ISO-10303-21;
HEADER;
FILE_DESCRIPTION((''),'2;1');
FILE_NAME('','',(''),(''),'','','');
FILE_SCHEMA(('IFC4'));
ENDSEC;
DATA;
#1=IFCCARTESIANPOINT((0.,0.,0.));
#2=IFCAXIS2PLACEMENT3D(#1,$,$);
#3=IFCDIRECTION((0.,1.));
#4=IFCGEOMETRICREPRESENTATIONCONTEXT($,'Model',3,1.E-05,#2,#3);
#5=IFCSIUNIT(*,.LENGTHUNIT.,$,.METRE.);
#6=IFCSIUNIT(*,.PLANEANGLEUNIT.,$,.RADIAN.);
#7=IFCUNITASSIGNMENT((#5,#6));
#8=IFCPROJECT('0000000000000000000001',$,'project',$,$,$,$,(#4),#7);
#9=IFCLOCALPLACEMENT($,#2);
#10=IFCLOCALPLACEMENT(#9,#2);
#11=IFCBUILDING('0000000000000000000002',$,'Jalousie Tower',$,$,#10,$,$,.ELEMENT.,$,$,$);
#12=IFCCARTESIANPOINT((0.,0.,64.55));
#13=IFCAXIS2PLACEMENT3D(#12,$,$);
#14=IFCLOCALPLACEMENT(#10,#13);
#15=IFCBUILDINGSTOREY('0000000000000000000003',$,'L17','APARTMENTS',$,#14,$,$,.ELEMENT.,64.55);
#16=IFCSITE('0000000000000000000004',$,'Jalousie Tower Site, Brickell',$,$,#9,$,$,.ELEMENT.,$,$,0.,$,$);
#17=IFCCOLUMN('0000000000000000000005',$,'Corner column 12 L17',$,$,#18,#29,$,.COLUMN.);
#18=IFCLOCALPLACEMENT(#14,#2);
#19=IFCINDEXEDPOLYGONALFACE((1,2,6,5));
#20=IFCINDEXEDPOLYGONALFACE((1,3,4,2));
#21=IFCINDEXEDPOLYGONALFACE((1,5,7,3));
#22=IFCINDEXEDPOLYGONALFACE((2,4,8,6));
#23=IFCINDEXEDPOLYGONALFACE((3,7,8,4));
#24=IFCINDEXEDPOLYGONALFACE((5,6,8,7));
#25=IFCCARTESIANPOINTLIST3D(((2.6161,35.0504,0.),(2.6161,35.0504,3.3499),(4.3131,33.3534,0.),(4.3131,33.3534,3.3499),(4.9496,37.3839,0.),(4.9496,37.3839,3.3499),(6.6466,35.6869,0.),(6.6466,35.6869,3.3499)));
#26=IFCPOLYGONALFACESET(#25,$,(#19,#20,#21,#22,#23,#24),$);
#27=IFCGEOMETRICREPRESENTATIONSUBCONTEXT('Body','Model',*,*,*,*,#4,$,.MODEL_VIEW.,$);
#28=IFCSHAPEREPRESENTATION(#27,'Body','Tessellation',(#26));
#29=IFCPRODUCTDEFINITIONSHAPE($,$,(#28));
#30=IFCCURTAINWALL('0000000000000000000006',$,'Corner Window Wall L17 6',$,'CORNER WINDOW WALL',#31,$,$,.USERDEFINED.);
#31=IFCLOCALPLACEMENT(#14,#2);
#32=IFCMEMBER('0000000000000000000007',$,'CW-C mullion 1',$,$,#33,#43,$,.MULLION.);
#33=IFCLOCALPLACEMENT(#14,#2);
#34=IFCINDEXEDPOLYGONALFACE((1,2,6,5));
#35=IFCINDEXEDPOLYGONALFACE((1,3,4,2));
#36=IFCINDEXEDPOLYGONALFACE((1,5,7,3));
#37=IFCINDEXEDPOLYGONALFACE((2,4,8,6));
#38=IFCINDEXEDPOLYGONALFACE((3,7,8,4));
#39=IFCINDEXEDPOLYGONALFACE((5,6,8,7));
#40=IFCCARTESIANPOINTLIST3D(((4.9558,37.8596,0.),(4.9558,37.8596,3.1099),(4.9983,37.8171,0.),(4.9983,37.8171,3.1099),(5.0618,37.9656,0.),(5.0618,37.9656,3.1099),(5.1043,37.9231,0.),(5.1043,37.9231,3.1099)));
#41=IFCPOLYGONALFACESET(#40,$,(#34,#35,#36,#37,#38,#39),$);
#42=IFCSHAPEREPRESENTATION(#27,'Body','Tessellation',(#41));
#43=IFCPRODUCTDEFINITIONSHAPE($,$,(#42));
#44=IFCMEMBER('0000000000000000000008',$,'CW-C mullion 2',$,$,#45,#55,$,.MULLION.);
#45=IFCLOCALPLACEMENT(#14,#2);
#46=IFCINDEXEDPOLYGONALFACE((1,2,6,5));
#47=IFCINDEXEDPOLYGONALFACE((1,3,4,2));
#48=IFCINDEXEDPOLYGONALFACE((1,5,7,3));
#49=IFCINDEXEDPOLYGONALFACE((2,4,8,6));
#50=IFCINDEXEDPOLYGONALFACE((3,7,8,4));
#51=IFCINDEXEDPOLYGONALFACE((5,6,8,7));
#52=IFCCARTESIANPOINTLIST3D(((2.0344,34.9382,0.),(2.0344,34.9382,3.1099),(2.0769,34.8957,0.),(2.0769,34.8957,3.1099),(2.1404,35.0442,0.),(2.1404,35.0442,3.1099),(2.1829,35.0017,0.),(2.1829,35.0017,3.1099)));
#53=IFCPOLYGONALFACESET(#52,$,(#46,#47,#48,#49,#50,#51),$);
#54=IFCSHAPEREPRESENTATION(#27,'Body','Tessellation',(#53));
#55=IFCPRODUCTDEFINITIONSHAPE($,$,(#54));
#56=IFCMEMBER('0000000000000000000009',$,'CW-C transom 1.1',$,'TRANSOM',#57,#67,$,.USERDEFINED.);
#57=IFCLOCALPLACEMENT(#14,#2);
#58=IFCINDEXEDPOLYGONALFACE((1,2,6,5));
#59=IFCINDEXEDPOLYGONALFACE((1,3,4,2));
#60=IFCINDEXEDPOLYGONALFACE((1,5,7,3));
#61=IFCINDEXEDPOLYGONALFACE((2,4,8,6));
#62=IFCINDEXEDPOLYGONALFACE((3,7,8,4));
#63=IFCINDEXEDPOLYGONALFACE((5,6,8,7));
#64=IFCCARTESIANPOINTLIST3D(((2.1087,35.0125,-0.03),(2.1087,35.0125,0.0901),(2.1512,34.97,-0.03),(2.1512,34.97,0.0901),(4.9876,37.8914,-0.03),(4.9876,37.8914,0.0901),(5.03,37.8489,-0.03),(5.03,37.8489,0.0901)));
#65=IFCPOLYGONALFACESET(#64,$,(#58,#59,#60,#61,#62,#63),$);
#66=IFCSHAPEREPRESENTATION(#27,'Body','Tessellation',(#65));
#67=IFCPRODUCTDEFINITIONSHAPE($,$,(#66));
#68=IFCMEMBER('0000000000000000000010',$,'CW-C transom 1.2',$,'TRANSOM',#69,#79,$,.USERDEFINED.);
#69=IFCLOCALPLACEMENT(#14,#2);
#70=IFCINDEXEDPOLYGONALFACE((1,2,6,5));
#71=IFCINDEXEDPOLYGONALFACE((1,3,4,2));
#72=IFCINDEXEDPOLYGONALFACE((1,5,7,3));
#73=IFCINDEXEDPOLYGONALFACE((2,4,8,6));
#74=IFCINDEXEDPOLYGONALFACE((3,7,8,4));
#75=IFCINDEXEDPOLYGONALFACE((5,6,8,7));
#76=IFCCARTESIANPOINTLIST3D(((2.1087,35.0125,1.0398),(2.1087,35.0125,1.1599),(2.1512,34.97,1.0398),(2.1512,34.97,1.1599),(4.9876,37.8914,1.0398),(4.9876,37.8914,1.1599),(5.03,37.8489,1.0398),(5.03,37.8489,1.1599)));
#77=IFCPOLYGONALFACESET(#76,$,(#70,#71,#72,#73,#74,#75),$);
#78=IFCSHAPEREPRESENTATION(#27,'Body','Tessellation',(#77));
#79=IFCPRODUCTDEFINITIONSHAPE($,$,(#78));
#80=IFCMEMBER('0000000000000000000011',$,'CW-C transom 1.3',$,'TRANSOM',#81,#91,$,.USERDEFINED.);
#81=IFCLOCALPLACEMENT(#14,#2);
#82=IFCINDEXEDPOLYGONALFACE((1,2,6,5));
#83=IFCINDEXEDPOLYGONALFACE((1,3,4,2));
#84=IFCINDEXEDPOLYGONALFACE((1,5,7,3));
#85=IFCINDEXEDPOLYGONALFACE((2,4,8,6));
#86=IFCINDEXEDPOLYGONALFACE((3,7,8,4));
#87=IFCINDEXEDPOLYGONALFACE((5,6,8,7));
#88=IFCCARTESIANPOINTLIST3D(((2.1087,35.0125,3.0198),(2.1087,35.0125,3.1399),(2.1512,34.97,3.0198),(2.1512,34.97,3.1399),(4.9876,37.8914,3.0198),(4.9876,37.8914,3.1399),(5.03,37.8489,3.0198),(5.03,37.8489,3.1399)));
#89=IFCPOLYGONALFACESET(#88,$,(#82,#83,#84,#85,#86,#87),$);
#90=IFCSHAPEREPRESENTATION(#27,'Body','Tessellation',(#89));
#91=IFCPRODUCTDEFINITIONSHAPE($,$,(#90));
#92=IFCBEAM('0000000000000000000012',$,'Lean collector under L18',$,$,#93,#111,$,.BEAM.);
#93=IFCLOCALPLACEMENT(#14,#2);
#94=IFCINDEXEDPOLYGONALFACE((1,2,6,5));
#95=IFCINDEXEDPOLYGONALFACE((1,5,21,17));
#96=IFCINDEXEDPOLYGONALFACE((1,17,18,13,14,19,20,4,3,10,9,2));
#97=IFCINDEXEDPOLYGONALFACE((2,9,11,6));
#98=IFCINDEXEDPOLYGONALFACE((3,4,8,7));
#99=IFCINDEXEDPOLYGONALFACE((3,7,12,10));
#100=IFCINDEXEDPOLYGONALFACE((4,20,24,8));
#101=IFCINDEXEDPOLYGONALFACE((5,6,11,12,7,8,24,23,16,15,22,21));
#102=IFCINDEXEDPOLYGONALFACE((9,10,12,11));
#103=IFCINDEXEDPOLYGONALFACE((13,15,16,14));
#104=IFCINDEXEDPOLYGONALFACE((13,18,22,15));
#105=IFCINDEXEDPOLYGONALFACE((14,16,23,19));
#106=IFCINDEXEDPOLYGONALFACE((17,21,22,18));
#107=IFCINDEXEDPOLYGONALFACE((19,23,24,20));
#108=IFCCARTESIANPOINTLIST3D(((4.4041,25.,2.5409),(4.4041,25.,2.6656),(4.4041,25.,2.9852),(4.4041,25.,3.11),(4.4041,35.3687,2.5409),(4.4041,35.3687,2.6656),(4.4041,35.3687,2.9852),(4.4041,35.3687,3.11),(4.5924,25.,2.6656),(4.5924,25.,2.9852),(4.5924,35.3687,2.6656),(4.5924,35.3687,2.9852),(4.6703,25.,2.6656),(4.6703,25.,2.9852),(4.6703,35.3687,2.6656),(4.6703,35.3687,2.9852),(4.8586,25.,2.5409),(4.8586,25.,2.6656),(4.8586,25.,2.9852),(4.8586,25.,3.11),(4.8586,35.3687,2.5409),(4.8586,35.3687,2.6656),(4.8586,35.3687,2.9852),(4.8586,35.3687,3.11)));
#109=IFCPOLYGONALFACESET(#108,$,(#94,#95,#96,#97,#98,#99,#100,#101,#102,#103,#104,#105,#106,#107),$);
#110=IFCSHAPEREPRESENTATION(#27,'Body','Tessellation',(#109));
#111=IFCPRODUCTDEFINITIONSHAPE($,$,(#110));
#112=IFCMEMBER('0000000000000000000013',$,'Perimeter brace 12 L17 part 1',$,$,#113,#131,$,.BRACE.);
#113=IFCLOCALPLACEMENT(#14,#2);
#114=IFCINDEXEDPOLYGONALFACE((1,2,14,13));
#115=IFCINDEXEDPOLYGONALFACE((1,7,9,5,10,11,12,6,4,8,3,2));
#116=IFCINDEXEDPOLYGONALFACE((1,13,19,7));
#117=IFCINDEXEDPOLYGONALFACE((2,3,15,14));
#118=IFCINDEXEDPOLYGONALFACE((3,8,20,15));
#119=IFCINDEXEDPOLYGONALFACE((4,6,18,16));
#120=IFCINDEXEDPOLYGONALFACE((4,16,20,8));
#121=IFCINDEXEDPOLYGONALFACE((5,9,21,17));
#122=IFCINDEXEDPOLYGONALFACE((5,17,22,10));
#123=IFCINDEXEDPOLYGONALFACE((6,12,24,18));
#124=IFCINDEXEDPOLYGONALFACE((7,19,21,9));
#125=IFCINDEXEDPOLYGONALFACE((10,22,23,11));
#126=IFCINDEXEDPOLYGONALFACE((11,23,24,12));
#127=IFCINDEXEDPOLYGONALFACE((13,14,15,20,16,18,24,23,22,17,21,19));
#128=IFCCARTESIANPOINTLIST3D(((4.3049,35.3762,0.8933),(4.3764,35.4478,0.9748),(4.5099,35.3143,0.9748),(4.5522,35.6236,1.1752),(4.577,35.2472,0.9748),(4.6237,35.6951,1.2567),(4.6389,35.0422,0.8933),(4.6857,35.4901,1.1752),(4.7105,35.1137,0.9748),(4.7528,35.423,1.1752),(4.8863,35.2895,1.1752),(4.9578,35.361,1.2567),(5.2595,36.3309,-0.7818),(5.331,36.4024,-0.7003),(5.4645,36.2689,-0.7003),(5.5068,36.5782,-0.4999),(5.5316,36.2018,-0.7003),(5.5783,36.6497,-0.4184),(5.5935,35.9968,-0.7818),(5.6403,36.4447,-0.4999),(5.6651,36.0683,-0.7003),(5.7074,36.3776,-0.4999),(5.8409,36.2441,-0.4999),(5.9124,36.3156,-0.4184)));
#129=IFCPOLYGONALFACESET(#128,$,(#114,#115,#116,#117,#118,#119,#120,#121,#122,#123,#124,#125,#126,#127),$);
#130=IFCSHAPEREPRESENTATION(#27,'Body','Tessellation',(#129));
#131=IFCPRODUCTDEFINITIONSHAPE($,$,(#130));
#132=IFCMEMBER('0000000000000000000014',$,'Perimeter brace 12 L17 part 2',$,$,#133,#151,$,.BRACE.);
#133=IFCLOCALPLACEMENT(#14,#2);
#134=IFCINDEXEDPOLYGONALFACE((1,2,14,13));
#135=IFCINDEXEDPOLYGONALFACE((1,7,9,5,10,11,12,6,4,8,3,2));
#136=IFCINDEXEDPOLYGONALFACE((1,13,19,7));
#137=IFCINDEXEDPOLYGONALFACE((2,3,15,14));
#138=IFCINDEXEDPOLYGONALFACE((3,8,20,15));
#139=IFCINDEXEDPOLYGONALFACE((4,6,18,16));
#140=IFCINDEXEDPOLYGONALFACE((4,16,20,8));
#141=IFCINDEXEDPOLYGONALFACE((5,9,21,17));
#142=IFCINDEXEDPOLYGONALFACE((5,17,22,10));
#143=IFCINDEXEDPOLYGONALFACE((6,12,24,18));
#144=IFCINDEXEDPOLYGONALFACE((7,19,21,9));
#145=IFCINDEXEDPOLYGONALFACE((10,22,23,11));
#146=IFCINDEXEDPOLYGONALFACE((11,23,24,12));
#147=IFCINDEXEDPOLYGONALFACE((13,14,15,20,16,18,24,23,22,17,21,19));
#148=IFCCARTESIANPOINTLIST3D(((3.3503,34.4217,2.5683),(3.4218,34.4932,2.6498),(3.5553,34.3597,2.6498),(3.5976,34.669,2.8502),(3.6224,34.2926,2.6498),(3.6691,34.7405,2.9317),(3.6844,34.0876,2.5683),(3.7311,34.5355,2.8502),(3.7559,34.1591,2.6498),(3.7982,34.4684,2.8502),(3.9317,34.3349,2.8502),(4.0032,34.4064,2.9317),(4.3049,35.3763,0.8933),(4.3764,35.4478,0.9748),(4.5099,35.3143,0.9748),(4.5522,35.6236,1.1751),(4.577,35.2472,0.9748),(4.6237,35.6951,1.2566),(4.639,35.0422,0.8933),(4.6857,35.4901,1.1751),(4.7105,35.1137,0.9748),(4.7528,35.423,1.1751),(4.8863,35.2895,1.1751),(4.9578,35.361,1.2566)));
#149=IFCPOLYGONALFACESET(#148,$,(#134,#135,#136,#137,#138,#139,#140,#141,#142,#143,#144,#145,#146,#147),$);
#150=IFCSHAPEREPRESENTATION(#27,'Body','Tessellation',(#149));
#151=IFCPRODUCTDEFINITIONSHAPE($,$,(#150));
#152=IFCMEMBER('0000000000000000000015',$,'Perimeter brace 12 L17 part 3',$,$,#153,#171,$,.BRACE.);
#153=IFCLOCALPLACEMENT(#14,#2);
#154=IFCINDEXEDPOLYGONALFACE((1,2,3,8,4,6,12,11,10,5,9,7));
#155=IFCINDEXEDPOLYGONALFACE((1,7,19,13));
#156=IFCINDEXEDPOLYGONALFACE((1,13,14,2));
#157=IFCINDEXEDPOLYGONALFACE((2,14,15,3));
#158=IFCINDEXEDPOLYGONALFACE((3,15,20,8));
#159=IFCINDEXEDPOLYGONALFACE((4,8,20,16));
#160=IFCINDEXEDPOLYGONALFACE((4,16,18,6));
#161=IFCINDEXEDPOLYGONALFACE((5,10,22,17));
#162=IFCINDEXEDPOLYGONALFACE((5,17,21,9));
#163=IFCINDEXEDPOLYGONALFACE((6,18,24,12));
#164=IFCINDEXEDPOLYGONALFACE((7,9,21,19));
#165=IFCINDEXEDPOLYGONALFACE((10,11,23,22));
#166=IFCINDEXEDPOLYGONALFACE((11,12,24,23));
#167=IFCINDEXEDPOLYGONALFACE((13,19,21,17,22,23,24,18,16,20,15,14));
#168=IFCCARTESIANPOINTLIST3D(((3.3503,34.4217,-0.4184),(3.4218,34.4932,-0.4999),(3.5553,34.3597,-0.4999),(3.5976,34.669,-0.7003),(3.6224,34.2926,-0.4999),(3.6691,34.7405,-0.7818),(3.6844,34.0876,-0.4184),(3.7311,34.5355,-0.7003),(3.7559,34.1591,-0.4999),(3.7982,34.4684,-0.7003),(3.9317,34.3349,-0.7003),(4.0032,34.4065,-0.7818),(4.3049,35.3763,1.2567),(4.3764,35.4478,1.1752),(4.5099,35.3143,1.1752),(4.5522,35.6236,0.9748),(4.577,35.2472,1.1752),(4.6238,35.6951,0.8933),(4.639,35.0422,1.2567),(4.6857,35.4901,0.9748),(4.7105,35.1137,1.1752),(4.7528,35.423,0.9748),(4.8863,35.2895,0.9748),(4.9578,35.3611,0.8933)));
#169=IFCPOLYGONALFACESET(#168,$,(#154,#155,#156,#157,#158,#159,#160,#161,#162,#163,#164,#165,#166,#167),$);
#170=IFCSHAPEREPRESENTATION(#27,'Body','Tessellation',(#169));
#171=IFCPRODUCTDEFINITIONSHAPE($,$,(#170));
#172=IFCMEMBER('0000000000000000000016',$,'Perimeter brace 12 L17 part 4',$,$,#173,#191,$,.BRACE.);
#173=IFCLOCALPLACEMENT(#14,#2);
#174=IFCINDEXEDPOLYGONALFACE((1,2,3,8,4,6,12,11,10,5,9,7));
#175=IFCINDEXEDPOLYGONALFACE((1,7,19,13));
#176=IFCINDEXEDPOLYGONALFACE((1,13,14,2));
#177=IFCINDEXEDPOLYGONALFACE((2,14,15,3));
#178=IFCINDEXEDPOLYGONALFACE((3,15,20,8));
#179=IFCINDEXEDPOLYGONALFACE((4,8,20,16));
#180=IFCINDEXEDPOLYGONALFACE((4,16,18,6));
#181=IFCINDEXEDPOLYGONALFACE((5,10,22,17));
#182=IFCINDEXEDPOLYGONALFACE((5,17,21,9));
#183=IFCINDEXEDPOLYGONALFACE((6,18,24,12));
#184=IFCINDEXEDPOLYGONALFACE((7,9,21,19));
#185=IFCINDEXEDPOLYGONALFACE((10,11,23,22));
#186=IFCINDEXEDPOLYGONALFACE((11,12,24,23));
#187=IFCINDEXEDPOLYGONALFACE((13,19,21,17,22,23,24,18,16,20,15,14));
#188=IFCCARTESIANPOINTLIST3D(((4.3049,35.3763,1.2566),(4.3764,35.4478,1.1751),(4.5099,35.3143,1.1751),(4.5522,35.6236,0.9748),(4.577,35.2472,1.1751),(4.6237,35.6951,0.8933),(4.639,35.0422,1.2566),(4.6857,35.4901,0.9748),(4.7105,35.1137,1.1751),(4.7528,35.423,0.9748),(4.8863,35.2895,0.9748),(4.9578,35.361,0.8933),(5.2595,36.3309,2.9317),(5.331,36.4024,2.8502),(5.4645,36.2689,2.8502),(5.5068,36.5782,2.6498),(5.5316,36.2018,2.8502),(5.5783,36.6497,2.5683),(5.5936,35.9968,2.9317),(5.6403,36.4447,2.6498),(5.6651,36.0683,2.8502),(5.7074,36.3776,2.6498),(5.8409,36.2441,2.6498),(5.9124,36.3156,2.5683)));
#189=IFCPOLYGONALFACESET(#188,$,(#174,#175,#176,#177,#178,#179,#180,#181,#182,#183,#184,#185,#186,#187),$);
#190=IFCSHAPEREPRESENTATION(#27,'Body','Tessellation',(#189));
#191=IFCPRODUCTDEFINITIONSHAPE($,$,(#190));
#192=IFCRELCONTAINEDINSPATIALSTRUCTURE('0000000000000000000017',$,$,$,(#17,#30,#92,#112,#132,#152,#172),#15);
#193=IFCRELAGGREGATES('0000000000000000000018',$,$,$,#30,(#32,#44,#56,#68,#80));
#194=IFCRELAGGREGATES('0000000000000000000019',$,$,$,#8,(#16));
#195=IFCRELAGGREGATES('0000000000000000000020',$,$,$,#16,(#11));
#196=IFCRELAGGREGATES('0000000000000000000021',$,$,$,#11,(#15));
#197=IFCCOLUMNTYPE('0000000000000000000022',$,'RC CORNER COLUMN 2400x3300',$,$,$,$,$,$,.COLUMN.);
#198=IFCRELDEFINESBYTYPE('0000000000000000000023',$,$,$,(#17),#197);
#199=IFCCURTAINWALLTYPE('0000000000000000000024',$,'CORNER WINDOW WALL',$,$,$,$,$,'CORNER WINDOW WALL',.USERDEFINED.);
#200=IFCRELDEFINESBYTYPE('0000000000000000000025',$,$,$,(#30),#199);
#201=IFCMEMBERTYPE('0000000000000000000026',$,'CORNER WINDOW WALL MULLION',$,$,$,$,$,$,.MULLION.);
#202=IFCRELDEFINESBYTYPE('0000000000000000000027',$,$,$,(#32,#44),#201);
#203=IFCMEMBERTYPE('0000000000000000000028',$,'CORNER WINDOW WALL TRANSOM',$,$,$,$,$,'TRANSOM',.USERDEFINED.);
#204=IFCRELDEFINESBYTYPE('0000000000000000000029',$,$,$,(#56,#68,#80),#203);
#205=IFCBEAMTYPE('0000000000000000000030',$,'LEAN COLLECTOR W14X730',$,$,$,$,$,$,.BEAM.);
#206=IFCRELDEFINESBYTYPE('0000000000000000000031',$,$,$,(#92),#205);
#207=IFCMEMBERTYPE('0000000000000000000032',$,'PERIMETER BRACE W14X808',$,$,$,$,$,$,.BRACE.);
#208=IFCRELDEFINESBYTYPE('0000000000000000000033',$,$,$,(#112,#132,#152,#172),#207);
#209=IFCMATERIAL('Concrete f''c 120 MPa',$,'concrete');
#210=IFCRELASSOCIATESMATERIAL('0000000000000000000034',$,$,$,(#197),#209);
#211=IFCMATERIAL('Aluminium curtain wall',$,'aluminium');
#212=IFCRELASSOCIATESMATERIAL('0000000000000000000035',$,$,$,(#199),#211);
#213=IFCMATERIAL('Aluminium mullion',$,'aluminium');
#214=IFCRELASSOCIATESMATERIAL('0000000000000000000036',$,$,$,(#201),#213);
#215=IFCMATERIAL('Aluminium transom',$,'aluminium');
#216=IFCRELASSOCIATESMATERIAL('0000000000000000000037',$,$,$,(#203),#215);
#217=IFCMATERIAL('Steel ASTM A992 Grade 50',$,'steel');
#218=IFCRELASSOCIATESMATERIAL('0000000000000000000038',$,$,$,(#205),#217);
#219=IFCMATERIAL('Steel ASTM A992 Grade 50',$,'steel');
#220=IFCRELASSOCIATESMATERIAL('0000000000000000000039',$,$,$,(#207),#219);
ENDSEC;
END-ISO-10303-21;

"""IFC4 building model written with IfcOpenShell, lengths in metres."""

from ifc_helpers import new_model, si_unit, direction, frame, origin, origin_2d, place, context, subcontext, project, spatial, rectangle, i_section, extrude, material, material_profile, profile_set, type_object, element, aggregate, save


model = new_model("IFC4")

# Units and contexts
model_context = context("Model", 3, precision=1e-05, world=origin(), true_north=direction((0.0, 1.0)))
body_context = subcontext(model_context, "Body", "Model", "MODEL_VIEW")
ifc_project = project(units=[si_unit("LENGTHUNIT", "METRE"), si_unit("PLANEANGLEUNIT", "RADIAN")], contexts=[model_context])

# Site, building, storey
site_placement = place(None, origin())
site = spatial("IfcSite", under=ifc_project, at=site_placement, Name="Jalousie Tower Site, Brickell", CompositionType="ELEMENT", RefElevation=0.0)
building_placement = place(site_placement, origin())
building = spatial("IfcBuilding", under=site, at=building_placement, Name="Jalousie Tower", CompositionType="ELEMENT")
storey_placement = place(building_placement, frame((0.0, 0.0, 64.55)))
storey = spatial("IfcBuildingStorey", under=building, at=storey_placement, Name="L17", Description="APARTMENTS", CompositionType="ELEMENT", Elevation=64.55)

# Column
ifc_material_1 = material(Name="Concrete f'c 120 MPa", Category="concrete")
ifc_material_profile_1 = material_profile(ifc_material_1, rectangle(XDim=2.3999, YDim=3.3, at=origin_2d()), Name="RC 2400x3300")
ifc_profile_set_1 = profile_set([ifc_material_profile_1], Name="Concrete f'c 120 MPa")
column_type = type_object("IfcColumnType", Name="RC CORNER COLUMN 2400x3300", PredefinedType="COLUMN", material=ifc_profile_set_1)
column_placement = place(storey_placement, frame((4.6313, 35.3687, 0.0), z_axis=(0.0, 0.0, 1.0), x_axis=(0.707107, -0.707107, 0.0)))
element("IfcColumn", 1, at=column_placement, inside=storey, type_object=column_type, Name="Corner column 12 L17", PredefinedType="COLUMN", context=body_context, shape_type="SweptSolid", body=[
    extrude(rectangle(XDim=2.3999, YDim=3.3, at=origin_2d()), origin(), (0.0, 0.0, 1.0), 3.3499),
])

# Curtain wall, members
ifc_material_2 = material(Name="Aluminium curtain wall", Category="aluminium")
curtain_wall_type_1 = type_object("IfcCurtainWallType", Name="CORNER WINDOW WALL", ElementType="CORNER WINDOW WALL", PredefinedType="USERDEFINED", material=ifc_material_2)
curtain_wall_1_placement = place(storey_placement, origin())
curtain_wall_1 = element("IfcCurtainWall", 2, at=curtain_wall_1_placement, inside=storey, type_object=curtain_wall_type_1, Name="Corner Window Wall L17 6", ObjectType="CORNER WINDOW WALL", PredefinedType="USERDEFINED")
ifc_material_3 = material(Name="Aluminium mullion", Category="aluminium")
ifc_material_profile_2 = material_profile(ifc_material_3, rectangle(XDim=0.0601, YDim=0.1499, at=origin_2d()), Name="MULLION 60x150")
ifc_profile_set_2 = profile_set([ifc_material_profile_2], Name="Aluminium mullion")
member_type_1 = type_object("IfcMemberType", Name="CORNER WINDOW WALL MULLION", PredefinedType="MULLION", material=ifc_profile_set_2)
member_1_placement = place(storey_placement, frame((5.03, 37.8914, 0.0), z_axis=(0.0, 0.0, 1.0), x_axis=(0.707107, -0.707107, 0.0)))
member_1 = element("IfcMember", 3, at=member_1_placement, type_object=member_type_1, Name="CW-C mullion 1", PredefinedType="MULLION", context=body_context, shape_type="SweptSolid", body=[
    extrude(rectangle(XDim=0.0601, YDim=0.1499, at=origin_2d()), origin(), (0.0, 0.0, 1.0), 3.1099),
])
member_2_placement = place(storey_placement, frame((2.1086, 34.97, 0.0), z_axis=(0.0, 0.0, 1.0), x_axis=(0.707107, -0.707107, 0.0)))
member_2 = element("IfcMember", 4, at=member_2_placement, type_object=member_type_1, Name="CW-C mullion 2", PredefinedType="MULLION", context=body_context, shape_type="SweptSolid", body=[
    extrude(rectangle(XDim=0.0601, YDim=0.1499, at=origin_2d()), origin(), (0.0, 0.0, 1.0), 3.1099),
])
ifc_material_4 = material(Name="Aluminium transom", Category="aluminium")
ifc_material_profile_3 = material_profile(ifc_material_4, rectangle(XDim=0.0601, YDim=0.1201, at=origin_2d()), Name="TRANSOM 60x120")
ifc_profile_set_3 = profile_set([ifc_material_profile_3], Name="Aluminium transom")
member_type_2 = type_object("IfcMemberType", Name="CORNER WINDOW WALL TRANSOM", ElementType="TRANSOM", PredefinedType="USERDEFINED", material=ifc_profile_set_3)
member_3_placement = place(storey_placement, frame((5.0088, 37.8701, 0.03), z_axis=(-0.707107, -0.707107, 0.0), x_axis=(0.707107, -0.707107, 0.0)))
member_3 = element("IfcMember", 5, at=member_3_placement, type_object=member_type_2, Name="CW-C transom 1.1", ObjectType="TRANSOM", PredefinedType="USERDEFINED", context=body_context, shape_type="SweptSolid", body=[
    extrude(rectangle(XDim=0.0601, YDim=0.1201, at=origin_2d()), origin(), (0.0, 0.0, 1.0), 4.0713),
])
member_4_placement = place(storey_placement, frame((5.0088, 37.8701, 1.0999), z_axis=(-0.707107, -0.707107, 0.0), x_axis=(0.707107, -0.707107, 0.0)))
member_4 = element("IfcMember", 6, at=member_4_placement, type_object=member_type_2, Name="CW-C transom 1.2", ObjectType="TRANSOM", PredefinedType="USERDEFINED", context=body_context, shape_type="SweptSolid", body=[
    extrude(rectangle(XDim=0.0601, YDim=0.1201, at=origin_2d()), origin(), (0.0, 0.0, 1.0), 4.0713),
])
member_5_placement = place(storey_placement, frame((5.0088, 37.8701, 3.0798), z_axis=(-0.707107, -0.707107, 0.0), x_axis=(0.707107, -0.707107, 0.0)))
member_5 = element("IfcMember", 7, at=member_5_placement, type_object=member_type_2, Name="CW-C transom 1.3", ObjectType="TRANSOM", PredefinedType="USERDEFINED", context=body_context, shape_type="SweptSolid", body=[
    extrude(rectangle(XDim=0.0601, YDim=0.1201, at=origin_2d()), origin(), (0.0, 0.0, 1.0), 4.0713),
])

# Beam
ifc_material_5 = material(Name="Steel ASTM A992 Grade 50", Category="steel")
ifc_material_profile_4 = material_profile(ifc_material_5, i_section(OverallWidth=0.4546, OverallDepth=0.5691, WebThickness=0.0779, FlangeThickness=0.1248, at=origin_2d()), Name="W14X730")
ifc_profile_set_4 = profile_set([ifc_material_profile_4], Name="Steel ASTM A992 Grade 50")
beam_type_1 = type_object("IfcBeamType", Name="LEAN COLLECTOR W14X730", PredefinedType="BEAM", material=ifc_profile_set_4)
beam_1_placement = place(storey_placement, frame((4.6313, 35.3687, 2.8254), z_axis=(0.0, -1.0, 0.0), x_axis=(1.0, 0.0, 0.0)))
element("IfcBeam", 8, at=beam_1_placement, inside=storey, type_object=beam_type_1, Name="Lean collector under L18", PredefinedType="BEAM", context=body_context, shape_type="SweptSolid", body=[
    extrude(i_section(OverallWidth=0.4546, OverallDepth=0.5691, WebThickness=0.0779, FlangeThickness=0.1248, at=origin_2d()), origin(), (0.0, 0.0, 1.0), 10.3687),
])

# Members
ifc_material_6 = material(Name="Steel ASTM A992 Grade 50", Category="steel")
ifc_material_profile_5 = material_profile(ifc_material_6, i_section(OverallWidth=0.4724, OverallDepth=0.5791, WebThickness=0.095, FlangeThickness=0.1299, at=origin_2d()), Name="W14X808")
ifc_profile_set_5 = profile_set([ifc_material_profile_5], Name="Steel ASTM A992 Grade 50")
member_type_3 = type_object("IfcMemberType", Name="PERIMETER BRACE W14X808", PredefinedType="BRACE", material=ifc_profile_set_5)
for number, where, z_axis, x_axis, name in (
    (9, (5.5859, 36.3232, -0.6001), (-0.443718, -0.443718, 0.778607), (0.707107, -0.707107, 0.0), "Perimeter brace 12 L17 part 1"),
    (10, (4.6313, 35.3687, 1.075), (-0.443718, -0.443718, 0.778607), (0.707107, -0.707107, 0.0), "Perimeter brace 12 L17 part 2"),
    (11, (3.6768, 34.4141, -0.6001), (0.443718, 0.443718, 0.778607), (-0.707107, 0.707107, 0.0), "Perimeter brace 12 L17 part 3"),
    (12, (4.6313, 35.3687, 1.075), (0.443718, 0.443718, 0.778607), (-0.707107, 0.707107, 0.0), "Perimeter brace 12 L17 part 4"),
):
    element("IfcMember", number, at=place(storey_placement, frame(where, z_axis=z_axis, x_axis=x_axis)), inside=storey, type_object=member_type_3, Name=name, PredefinedType="BRACE", context=body_context, shape_type="SweptSolid", body=[
        extrude(i_section(OverallWidth=0.4724, OverallDepth=0.5791, WebThickness=0.095, FlangeThickness=0.1299, at=origin_2d()), origin(), (0.0, 0.0, 1.0), 2.1514),
    ])

aggregate(curtain_wall_1, [member_1, member_2, member_3, member_4, member_5])

save(model, "model.ifc")
